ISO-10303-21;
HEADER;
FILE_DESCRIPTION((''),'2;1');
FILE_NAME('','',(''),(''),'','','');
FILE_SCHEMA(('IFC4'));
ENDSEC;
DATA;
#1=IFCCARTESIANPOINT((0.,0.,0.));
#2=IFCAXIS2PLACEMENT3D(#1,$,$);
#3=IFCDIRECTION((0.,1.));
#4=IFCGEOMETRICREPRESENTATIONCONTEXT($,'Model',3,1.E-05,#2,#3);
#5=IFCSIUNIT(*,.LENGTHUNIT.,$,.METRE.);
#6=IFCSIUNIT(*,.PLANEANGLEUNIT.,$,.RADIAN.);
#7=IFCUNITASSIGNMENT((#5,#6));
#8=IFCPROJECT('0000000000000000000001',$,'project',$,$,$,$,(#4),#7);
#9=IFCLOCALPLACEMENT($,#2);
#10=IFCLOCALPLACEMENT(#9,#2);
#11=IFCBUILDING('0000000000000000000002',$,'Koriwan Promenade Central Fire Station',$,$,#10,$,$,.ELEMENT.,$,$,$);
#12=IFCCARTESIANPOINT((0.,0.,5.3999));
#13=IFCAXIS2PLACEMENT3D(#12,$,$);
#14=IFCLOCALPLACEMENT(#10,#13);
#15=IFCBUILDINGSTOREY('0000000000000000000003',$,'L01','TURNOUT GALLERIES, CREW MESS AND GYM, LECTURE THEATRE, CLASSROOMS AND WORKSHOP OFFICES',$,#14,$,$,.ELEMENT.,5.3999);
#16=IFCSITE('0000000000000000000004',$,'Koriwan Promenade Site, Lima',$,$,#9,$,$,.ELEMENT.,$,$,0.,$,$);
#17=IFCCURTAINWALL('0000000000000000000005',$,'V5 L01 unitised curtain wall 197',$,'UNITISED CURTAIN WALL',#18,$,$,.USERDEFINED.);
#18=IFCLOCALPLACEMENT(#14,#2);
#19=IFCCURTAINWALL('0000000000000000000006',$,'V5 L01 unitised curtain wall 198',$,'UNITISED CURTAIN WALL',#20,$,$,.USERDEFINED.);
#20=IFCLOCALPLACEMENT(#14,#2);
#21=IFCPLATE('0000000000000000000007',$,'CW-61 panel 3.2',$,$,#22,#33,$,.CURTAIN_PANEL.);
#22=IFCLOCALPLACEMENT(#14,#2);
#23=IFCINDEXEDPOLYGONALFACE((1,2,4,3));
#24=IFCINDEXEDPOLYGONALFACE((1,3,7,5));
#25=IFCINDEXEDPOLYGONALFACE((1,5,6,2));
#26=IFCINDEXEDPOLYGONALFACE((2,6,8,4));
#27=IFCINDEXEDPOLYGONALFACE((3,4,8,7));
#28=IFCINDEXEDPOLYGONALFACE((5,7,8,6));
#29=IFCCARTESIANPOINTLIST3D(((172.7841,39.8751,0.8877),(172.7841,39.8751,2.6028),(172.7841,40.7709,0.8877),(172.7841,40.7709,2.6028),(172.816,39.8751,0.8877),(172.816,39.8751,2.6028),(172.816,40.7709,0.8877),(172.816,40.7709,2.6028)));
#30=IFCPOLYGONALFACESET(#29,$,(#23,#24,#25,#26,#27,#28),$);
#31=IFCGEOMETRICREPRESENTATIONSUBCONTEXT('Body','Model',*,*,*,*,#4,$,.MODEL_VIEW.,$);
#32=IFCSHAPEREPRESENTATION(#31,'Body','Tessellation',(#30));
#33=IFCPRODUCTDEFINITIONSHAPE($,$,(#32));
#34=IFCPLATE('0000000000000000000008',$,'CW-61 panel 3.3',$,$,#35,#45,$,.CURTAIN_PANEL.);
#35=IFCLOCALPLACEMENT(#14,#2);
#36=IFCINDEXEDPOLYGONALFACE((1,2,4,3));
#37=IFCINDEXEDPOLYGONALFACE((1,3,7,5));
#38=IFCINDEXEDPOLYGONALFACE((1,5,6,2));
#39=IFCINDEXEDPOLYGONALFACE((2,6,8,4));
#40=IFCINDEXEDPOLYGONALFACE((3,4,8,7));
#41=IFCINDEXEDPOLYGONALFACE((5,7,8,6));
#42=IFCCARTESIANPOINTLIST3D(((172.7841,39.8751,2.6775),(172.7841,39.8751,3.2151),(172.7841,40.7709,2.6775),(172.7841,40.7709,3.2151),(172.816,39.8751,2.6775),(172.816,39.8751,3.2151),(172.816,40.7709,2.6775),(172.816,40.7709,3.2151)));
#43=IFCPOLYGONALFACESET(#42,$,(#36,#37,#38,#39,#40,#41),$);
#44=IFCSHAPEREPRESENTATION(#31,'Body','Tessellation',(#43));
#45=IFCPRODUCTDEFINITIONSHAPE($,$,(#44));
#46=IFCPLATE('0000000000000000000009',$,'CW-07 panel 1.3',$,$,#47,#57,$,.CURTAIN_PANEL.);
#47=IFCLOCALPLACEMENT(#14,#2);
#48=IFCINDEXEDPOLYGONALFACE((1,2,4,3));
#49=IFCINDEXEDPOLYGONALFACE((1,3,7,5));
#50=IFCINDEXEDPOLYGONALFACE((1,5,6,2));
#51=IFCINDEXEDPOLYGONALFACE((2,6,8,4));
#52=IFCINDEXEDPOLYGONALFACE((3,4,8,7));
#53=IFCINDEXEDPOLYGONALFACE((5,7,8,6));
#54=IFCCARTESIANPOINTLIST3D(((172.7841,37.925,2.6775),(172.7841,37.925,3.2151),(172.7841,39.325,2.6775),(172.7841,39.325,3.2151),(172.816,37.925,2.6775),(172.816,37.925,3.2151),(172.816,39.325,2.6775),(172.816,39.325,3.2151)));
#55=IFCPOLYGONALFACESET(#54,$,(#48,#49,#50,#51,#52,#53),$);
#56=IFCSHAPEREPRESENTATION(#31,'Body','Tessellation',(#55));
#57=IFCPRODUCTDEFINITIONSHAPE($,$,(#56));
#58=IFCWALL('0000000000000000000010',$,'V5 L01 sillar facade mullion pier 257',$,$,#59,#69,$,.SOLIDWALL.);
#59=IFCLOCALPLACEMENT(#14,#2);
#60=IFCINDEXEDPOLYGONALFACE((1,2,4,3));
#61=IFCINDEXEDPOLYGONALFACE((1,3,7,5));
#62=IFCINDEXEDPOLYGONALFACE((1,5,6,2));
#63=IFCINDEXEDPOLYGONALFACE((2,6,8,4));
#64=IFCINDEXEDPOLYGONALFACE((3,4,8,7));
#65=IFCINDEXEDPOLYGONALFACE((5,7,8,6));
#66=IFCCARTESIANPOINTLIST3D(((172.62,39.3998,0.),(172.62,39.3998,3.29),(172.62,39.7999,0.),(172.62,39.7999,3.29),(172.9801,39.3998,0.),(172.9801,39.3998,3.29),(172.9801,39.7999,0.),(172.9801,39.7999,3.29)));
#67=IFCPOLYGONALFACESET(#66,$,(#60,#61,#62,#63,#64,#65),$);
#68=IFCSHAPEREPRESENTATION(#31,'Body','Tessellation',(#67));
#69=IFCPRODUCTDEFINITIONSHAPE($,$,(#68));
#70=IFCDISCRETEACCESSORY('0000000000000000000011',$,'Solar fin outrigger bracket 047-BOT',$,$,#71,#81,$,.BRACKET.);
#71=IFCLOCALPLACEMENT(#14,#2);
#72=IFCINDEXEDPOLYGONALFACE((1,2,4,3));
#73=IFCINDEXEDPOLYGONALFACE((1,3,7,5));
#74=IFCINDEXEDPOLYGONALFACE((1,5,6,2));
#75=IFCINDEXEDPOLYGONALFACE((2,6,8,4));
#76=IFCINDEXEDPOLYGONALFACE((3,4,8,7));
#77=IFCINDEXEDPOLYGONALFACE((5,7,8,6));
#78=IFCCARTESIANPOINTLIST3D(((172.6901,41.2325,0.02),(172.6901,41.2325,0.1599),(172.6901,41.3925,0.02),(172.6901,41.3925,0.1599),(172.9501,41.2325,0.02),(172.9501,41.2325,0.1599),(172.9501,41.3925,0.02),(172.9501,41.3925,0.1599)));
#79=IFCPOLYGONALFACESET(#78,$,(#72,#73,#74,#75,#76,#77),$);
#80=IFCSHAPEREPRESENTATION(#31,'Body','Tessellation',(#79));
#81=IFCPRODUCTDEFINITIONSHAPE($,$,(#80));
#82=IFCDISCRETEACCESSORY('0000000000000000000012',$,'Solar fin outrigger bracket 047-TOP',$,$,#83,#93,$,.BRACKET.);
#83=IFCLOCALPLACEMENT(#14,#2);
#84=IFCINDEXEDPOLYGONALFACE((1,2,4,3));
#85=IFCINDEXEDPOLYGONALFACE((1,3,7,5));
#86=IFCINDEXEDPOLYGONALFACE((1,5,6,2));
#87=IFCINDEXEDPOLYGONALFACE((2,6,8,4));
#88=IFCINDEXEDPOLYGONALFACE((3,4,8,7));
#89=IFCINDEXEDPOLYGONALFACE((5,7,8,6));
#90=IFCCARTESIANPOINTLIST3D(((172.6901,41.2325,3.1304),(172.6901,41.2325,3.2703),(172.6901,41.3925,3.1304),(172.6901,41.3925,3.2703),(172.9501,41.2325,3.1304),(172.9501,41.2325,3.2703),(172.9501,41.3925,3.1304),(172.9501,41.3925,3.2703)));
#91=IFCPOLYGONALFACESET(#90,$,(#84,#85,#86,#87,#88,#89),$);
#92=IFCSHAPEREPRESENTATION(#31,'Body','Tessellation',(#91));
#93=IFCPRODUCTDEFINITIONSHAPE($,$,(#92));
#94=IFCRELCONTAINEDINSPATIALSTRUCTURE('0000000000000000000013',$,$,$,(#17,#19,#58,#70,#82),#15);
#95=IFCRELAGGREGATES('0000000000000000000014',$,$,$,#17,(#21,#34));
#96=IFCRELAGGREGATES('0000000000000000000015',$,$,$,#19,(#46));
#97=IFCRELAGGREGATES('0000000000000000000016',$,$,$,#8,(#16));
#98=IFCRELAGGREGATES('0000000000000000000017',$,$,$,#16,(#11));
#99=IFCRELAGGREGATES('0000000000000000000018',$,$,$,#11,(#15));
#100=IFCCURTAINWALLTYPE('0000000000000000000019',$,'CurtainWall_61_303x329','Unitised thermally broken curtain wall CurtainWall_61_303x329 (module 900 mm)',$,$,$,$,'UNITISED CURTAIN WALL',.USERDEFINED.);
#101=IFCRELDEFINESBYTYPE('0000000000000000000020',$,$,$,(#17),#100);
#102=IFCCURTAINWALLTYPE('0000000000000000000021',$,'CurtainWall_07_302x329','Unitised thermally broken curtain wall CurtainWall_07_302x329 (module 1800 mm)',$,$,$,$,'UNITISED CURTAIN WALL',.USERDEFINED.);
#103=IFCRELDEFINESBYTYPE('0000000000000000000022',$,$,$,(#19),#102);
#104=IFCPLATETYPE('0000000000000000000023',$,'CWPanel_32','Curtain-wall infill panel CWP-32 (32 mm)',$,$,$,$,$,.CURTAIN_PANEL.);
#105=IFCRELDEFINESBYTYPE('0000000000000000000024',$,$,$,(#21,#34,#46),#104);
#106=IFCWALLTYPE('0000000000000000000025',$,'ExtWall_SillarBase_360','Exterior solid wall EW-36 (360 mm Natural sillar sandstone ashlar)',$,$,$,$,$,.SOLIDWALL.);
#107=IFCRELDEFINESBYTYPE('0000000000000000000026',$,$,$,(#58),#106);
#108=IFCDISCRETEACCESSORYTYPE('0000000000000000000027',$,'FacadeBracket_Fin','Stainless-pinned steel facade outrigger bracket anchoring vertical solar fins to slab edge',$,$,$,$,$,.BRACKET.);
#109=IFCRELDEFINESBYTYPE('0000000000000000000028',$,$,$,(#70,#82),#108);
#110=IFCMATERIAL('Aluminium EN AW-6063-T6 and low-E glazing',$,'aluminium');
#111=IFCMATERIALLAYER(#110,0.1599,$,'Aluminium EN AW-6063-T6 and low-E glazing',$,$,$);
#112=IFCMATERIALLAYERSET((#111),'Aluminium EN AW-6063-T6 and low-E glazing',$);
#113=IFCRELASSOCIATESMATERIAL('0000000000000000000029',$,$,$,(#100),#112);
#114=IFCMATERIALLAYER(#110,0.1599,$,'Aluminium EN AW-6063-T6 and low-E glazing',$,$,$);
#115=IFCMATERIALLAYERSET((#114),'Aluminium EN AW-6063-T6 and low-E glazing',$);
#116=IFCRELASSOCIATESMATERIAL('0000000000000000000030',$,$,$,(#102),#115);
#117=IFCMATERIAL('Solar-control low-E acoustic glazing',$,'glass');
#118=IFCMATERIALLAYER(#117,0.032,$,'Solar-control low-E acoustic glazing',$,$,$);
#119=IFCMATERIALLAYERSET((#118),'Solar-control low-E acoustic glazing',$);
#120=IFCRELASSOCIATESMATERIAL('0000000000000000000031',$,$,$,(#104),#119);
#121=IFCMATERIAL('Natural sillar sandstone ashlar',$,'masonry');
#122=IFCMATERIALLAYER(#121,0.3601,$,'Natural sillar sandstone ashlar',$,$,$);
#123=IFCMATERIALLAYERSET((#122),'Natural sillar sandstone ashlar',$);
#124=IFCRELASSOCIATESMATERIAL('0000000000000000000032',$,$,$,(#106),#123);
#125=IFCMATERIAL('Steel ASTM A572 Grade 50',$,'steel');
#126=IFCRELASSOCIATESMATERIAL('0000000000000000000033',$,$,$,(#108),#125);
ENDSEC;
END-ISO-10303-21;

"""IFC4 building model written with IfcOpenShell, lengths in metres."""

from ifc_helpers import new_model, si_unit, direction, frame, frame_2d, origin, origin_2d, place, context, subcontext, project, spatial, rectangle, extrude, material, layer, layer_set, type_object, element, aggregate, save


model = new_model("IFC4")

# Units and contexts
model_context = context("Model", 3, precision=1e-05, world=origin(), true_north=direction((0.0, 1.0)))
body_context = subcontext(model_context, "Body", "Model", "MODEL_VIEW")
ifc_project = project(units=[si_unit("LENGTHUNIT", "METRE"), si_unit("PLANEANGLEUNIT", "RADIAN")], contexts=[model_context])

# Site, building, storey
site_placement = place(None, origin())
site = spatial("IfcSite", under=ifc_project, at=site_placement, Name="Koriwan Promenade Site, Lima", CompositionType="ELEMENT", RefElevation=0.0)
building_placement = place(site_placement, origin())
building = spatial("IfcBuilding", under=site, at=building_placement, Name="Koriwan Promenade Central Fire Station", CompositionType="ELEMENT")
storey_placement = place(building_placement, frame((0.0, 0.0, 5.3999)))
storey = spatial("IfcBuildingStorey", under=building, at=storey_placement, Name="L01", Description="TURNOUT GALLERIES, CREW MESS AND GYM, LECTURE THEATRE, CLASSROOMS AND WORKSHOP OFFICES", CompositionType="ELEMENT", Elevation=5.3999)

# Curtain wall
ifc_material_1 = material(Name="Aluminium EN AW-6063-T6 and low-E glazing", Category="aluminium")
ifc_layer_1 = layer(ifc_material_1, 0.1599, Name="Aluminium EN AW-6063-T6 and low-E glazing")
ifc_layer_set_1 = layer_set([ifc_layer_1], Name="Aluminium EN AW-6063-T6 and low-E glazing")
curtain_wall_type_1 = type_object("IfcCurtainWallType", Name="CurtainWall_61_303x329", Description="Unitised thermally broken curtain wall CurtainWall_61_303x329 (module 900 mm)", ElementType="UNITISED CURTAIN WALL", PredefinedType="USERDEFINED", material=ifc_layer_set_1)
curtain_wall_1_placement = place(storey_placement, origin())
curtain_wall_1 = element("IfcCurtainWall", 1, at=curtain_wall_1_placement, inside=storey, type_object=curtain_wall_type_1, Name="V5 L01 unitised curtain wall 197", ObjectType="UNITISED CURTAIN WALL", PredefinedType="USERDEFINED")

# Curtain wall
ifc_layer_2 = layer(ifc_material_1, 0.1599, Name="Aluminium EN AW-6063-T6 and low-E glazing")
ifc_layer_set_2 = layer_set([ifc_layer_2], Name="Aluminium EN AW-6063-T6 and low-E glazing")
curtain_wall_type_2 = type_object("IfcCurtainWallType", Name="CurtainWall_07_302x329", Description="Unitised thermally broken curtain wall CurtainWall_07_302x329 (module 1800 mm)", ElementType="UNITISED CURTAIN WALL", PredefinedType="USERDEFINED", material=ifc_layer_set_2)
curtain_wall_2_placement = place(storey_placement, origin())
curtain_wall_2 = element("IfcCurtainWall", 2, at=curtain_wall_2_placement, inside=storey, type_object=curtain_wall_type_2, Name="V5 L01 unitised curtain wall 198", ObjectType="UNITISED CURTAIN WALL", PredefinedType="USERDEFINED")

# Plates
ifc_material_2 = material(Name="Solar-control low-E acoustic glazing", Category="glass")
ifc_layer_3 = layer(ifc_material_2, 0.032, Name="Solar-control low-E acoustic glazing")
ifc_layer_set_3 = layer_set([ifc_layer_3], Name="Solar-control low-E acoustic glazing")
plate_type = type_object("IfcPlateType", Name="CWPanel_32", Description="Curtain-wall infill panel CWP-32 (32 mm)", PredefinedType="CURTAIN_PANEL", material=ifc_layer_set_3)
plate_1_placement = place(storey_placement, frame((172.8, 40.323, 0.8877), z_axis=(0.0, 0.0, 1.0), x_axis=(0.0, -1.0, 0.0)))
plate_1 = element("IfcPlate", 3, at=plate_1_placement, type_object=plate_type, Name="CW-61 panel 3.2", PredefinedType="CURTAIN_PANEL", context=body_context, shape_type="SweptSolid", body=[
    extrude(rectangle(XDim=0.8958, YDim=0.032, at=origin_2d()), origin(), (0.0, 0.0, 1.0), 1.7151),
])
plate_2_placement = place(storey_placement, frame((172.8, 40.323, 2.6775), z_axis=(0.0, 0.0, 1.0), x_axis=(0.0, -1.0, 0.0)))
plate_2 = element("IfcPlate", 4, at=plate_2_placement, type_object=plate_type, Name="CW-61 panel 3.3", PredefinedType="CURTAIN_PANEL", context=body_context, shape_type="SweptSolid", body=[
    extrude(rectangle(XDim=0.8958, YDim=0.032, at=origin_2d()), origin(), (0.0, 0.0, 1.0), 0.5376),
])
aggregate(curtain_wall_1, [plate_1, plate_2])
plate_3_placement = place(storey_placement, frame((172.8, 38.625, 2.6775), z_axis=(0.0, 0.0, 1.0), x_axis=(0.0, -1.0, 0.0)))
plate_3 = element("IfcPlate", 5, at=plate_3_placement, type_object=plate_type, Name="CW-07 panel 1.3", PredefinedType="CURTAIN_PANEL", context=body_context, shape_type="SweptSolid", body=[
    extrude(rectangle(XDim=1.3999, YDim=0.032, at=origin_2d()), origin(), (0.0, 0.0, 1.0), 0.5376),
])
aggregate(curtain_wall_2, [plate_3])

# Wall
ifc_material_3 = material(Name="Natural sillar sandstone ashlar", Category="masonry")
ifc_layer_4 = layer(ifc_material_3, 0.3601, Name="Natural sillar sandstone ashlar")
ifc_layer_set_4 = layer_set([ifc_layer_4], Name="Natural sillar sandstone ashlar")
wall_type = type_object("IfcWallType", Name="ExtWall_SillarBase_360", Description="Exterior solid wall EW-36 (360 mm Natural sillar sandstone ashlar)", PredefinedType="SOLIDWALL", material=ifc_layer_set_4)
wall_placement = place(storey_placement, frame((172.8, 39.8, 0.0), z_axis=(0.0, 0.0, 1.0), x_axis=(0.0, -1.0, 0.0)))
element("IfcWall", 6, at=wall_placement, inside=storey, type_object=wall_type, Name="V5 L01 sillar facade mullion pier 257", PredefinedType="SOLIDWALL", context=body_context, shape_type="SweptSolid", body=[
    extrude(rectangle(XDim=0.4001, YDim=0.3601, at=frame_2d((0.2002, 0.0))), origin(), (0.0, 0.0, 1.0), 3.29),
])

# Discrete accessories
ifc_material_4 = material(Name="Steel ASTM A572 Grade 50", Category="steel")
discrete_accessory_type = type_object("IfcDiscreteAccessoryType", Name="FacadeBracket_Fin", Description="Stainless-pinned steel facade outrigger bracket anchoring vertical solar fins to slab edge", PredefinedType="BRACKET", material=ifc_material_4)
for number, where, z_axis, x_axis, name in (
    (7, (172.8201, 41.3125, 0.02), (0.0, 0.0, 1.0), (1.0, 0.0, 0.0), "Solar fin outrigger bracket 047-BOT"),
    (8, (172.8201, 41.3125, 3.1304), (0.0, 0.0, 1.0), (1.0, 0.0, 0.0), "Solar fin outrigger bracket 047-TOP"),
):
    element("IfcDiscreteAccessory", number, at=place(storey_placement, frame(where, z_axis=z_axis, x_axis=x_axis)), inside=storey, type_object=discrete_accessory_type, Name=name, PredefinedType="BRACKET", context=body_context, shape_type="SweptSolid", body=[
        extrude(rectangle(XDim=0.26, YDim=0.1599, at=origin_2d()), origin(), (0.0, 0.0, 1.0), 0.1399),
    ])

save(model, "model.ifc")
